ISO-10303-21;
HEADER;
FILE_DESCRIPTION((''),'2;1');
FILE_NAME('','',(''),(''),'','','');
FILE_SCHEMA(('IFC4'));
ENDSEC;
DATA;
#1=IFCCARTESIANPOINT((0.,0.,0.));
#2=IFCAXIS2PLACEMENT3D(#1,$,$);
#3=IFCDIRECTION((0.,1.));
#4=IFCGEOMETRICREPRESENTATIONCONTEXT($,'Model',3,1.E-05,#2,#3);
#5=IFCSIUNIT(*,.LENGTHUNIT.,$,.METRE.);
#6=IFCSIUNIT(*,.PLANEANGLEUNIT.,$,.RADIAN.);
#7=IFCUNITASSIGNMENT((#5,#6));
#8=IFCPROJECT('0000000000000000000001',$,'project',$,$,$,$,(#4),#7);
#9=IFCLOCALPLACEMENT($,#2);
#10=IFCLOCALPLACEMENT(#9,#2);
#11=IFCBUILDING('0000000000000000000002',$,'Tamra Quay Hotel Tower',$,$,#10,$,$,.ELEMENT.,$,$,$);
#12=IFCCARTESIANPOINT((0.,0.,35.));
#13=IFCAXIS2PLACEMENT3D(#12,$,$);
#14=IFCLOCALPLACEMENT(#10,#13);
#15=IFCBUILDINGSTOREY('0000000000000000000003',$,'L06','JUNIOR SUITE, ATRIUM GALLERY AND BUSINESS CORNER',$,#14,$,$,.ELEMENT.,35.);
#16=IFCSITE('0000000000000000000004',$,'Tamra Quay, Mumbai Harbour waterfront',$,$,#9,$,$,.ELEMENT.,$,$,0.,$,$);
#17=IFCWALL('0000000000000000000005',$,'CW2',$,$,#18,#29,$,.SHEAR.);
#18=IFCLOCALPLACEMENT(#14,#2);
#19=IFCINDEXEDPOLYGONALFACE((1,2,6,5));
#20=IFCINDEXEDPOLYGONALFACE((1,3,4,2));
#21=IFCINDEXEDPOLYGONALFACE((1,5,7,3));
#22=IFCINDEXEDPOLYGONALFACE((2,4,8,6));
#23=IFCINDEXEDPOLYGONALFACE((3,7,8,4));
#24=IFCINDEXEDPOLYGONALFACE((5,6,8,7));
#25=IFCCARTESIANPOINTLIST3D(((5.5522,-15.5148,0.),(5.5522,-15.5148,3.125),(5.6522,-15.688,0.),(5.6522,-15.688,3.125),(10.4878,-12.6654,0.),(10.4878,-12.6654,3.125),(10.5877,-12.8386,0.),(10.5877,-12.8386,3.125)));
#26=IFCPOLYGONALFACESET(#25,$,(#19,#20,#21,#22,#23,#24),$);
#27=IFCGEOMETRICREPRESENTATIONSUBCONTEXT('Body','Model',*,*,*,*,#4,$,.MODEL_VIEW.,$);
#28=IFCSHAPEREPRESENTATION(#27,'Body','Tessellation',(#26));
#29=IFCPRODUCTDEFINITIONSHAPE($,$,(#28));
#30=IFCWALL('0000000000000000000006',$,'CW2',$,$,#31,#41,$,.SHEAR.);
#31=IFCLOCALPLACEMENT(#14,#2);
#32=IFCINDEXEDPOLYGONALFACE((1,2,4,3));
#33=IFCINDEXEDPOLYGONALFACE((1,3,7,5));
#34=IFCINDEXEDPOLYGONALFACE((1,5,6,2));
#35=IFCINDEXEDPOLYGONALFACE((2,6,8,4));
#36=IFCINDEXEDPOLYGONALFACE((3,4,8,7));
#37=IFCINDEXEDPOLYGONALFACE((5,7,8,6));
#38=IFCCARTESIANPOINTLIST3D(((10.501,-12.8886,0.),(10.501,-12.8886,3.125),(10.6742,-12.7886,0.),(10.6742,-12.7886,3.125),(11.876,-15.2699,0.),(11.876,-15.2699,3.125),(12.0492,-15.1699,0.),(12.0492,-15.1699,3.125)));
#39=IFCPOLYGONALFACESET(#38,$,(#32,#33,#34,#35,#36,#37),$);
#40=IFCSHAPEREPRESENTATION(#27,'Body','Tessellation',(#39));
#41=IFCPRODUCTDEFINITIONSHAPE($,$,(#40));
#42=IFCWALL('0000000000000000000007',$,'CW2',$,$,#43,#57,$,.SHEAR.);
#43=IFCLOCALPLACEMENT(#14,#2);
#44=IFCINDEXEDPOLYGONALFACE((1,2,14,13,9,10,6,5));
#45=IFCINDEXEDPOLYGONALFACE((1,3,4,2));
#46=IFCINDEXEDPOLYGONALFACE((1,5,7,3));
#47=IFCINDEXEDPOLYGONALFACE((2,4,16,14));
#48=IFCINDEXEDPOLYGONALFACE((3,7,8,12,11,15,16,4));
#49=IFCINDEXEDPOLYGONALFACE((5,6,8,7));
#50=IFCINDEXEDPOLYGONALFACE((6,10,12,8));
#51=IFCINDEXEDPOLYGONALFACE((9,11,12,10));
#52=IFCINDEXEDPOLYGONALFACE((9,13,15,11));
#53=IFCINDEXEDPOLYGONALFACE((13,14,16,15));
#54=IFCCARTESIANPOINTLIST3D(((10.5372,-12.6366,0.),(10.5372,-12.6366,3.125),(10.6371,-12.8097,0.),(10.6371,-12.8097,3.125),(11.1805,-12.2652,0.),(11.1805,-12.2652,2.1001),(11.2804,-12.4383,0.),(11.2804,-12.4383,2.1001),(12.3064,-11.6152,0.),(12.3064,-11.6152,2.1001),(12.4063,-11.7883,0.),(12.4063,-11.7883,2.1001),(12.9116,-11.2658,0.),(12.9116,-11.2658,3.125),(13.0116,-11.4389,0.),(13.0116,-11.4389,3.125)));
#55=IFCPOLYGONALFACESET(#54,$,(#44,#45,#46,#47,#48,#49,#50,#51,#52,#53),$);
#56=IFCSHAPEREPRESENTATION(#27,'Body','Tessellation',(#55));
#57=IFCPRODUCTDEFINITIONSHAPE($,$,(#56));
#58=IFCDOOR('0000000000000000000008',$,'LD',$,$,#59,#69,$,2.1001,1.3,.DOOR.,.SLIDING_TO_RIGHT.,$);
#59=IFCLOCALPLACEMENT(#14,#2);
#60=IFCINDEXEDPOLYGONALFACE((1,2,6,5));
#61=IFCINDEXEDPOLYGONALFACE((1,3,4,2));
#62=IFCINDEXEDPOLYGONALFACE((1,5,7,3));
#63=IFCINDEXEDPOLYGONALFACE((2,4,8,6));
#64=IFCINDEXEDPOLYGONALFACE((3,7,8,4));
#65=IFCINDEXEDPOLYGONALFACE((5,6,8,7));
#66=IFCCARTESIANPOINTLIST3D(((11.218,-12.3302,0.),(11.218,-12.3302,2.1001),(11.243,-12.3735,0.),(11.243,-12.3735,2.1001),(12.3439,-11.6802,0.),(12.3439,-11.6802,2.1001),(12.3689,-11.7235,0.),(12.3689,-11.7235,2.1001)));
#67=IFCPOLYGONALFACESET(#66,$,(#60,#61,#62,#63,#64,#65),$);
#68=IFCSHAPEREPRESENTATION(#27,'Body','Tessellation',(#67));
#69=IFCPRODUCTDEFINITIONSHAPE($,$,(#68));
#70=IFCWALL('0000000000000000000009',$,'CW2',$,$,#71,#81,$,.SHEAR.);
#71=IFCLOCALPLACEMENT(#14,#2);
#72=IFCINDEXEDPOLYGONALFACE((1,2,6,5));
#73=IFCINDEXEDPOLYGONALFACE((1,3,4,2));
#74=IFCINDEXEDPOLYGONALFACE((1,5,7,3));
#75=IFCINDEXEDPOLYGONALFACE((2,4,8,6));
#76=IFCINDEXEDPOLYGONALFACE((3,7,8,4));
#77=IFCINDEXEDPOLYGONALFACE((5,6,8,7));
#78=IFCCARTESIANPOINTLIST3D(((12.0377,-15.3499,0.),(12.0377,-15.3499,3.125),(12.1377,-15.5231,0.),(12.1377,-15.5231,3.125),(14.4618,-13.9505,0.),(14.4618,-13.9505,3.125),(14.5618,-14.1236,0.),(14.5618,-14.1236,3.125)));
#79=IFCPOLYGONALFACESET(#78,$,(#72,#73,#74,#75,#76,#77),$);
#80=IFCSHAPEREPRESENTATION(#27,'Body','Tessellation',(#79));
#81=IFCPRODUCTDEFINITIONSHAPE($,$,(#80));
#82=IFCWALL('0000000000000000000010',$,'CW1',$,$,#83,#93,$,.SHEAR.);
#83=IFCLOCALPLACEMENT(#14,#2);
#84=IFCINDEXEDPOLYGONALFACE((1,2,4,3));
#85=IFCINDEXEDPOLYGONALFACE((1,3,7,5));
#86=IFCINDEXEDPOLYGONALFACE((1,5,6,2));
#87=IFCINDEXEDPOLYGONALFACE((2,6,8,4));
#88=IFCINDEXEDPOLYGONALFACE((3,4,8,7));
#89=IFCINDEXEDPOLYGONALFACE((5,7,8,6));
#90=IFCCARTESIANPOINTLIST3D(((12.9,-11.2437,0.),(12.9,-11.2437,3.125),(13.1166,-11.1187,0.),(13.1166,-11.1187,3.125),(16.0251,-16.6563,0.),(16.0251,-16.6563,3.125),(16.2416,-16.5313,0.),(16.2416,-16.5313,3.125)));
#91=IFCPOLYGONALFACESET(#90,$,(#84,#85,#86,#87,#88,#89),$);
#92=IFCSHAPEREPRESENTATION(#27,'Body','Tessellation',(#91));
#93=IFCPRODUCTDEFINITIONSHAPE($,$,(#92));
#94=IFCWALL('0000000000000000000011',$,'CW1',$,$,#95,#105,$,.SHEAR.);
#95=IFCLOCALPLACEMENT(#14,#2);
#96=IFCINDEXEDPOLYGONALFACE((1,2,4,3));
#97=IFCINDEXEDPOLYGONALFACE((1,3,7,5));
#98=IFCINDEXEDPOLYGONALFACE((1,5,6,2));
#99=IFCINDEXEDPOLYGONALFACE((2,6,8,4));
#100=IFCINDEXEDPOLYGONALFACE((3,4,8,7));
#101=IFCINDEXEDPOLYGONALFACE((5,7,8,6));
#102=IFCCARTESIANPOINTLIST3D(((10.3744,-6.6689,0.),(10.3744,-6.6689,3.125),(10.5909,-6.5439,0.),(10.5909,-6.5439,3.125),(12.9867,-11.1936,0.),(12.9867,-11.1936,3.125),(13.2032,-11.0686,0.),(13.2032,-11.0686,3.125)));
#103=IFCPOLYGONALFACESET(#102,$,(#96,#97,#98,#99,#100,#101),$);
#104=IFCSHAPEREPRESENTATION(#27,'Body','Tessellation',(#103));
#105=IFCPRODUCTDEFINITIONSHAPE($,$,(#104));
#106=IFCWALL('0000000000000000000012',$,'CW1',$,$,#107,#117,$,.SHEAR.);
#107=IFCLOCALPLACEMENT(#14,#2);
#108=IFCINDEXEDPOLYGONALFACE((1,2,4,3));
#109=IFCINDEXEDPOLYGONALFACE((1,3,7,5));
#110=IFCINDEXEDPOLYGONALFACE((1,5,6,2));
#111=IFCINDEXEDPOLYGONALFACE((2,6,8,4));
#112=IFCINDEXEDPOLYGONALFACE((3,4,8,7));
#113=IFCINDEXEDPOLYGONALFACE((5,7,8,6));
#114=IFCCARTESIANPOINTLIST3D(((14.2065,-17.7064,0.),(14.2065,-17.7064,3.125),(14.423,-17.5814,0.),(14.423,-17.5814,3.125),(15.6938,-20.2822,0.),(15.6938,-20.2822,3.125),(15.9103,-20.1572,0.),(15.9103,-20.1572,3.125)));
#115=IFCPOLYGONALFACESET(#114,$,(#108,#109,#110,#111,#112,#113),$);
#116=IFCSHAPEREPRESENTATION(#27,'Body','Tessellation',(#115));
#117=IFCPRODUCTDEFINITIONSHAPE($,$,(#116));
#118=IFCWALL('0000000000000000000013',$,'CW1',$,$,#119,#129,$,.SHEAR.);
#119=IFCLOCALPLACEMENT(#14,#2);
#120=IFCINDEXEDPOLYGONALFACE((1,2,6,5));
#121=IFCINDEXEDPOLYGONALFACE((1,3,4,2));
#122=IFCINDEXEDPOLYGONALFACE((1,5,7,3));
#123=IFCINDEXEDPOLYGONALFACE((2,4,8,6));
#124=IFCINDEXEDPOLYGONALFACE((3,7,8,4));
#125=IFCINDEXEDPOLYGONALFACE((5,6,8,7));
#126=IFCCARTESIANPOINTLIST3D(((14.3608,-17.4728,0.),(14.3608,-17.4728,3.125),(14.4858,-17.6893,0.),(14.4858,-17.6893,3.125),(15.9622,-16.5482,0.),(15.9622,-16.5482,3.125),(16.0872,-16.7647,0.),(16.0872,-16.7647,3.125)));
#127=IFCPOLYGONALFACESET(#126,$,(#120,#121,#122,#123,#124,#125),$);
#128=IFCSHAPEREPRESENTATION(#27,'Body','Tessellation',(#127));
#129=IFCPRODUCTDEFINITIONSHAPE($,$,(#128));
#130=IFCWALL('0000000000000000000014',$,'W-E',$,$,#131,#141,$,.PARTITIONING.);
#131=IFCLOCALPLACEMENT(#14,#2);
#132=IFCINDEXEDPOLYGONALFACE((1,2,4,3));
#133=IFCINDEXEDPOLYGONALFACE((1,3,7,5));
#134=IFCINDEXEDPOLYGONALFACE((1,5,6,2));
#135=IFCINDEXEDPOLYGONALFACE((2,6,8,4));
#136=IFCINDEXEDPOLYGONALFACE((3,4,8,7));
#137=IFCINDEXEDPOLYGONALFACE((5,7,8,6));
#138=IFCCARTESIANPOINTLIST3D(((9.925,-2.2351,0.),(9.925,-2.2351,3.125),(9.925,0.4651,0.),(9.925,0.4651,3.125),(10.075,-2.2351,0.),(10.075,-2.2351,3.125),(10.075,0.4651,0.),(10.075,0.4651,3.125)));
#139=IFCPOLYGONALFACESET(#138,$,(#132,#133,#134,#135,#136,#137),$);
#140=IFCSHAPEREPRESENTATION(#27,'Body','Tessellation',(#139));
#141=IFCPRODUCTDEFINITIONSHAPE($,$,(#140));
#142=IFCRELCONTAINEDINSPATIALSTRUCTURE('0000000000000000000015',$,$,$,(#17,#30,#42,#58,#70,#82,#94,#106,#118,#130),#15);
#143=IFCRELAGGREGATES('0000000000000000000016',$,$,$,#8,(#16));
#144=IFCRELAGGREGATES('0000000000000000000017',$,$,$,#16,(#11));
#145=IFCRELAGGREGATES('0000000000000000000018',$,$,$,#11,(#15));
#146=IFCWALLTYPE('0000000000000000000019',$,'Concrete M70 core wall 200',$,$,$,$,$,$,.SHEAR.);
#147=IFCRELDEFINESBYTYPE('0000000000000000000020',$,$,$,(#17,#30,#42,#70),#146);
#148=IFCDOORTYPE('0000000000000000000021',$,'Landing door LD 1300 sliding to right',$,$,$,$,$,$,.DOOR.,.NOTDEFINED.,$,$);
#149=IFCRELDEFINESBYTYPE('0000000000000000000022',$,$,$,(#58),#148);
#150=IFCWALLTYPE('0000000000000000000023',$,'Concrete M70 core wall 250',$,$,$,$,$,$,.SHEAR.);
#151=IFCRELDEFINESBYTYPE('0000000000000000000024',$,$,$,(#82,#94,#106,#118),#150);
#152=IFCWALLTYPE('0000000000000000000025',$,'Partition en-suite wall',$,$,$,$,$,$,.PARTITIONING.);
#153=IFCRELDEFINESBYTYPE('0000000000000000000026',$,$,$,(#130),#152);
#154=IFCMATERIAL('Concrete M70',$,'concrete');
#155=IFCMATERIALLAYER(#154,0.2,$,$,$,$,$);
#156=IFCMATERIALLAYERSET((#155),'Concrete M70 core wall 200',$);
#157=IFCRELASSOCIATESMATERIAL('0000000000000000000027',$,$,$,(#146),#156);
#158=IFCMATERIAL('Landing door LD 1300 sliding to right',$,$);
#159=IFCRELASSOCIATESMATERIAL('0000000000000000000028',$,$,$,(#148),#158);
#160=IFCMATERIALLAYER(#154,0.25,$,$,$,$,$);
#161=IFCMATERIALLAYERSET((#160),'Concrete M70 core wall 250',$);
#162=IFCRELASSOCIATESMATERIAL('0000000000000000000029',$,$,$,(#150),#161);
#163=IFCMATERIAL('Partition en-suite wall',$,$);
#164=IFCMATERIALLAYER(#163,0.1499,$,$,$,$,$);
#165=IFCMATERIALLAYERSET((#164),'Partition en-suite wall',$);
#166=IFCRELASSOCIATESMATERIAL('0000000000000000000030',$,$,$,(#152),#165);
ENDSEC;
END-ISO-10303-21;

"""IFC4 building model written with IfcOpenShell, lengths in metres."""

from ifc_helpers import new_model, si_unit, direction, frame, frame_2d, origin, place, context, subcontext, project, spatial, rectangle, extrude, material, layer, layer_set, type_object, element, fill, save


model = new_model("IFC4")

# Units and contexts
model_context = context("Model", 3, precision=1e-05, world=origin(), true_north=direction((0.0, 1.0)))
body_context = subcontext(model_context, "Body", "Model", "MODEL_VIEW")
ifc_project = project(units=[si_unit("LENGTHUNIT", "METRE"), si_unit("PLANEANGLEUNIT", "RADIAN")], contexts=[model_context])

# Site, building, storey
site_placement = place(None, origin())
site = spatial("IfcSite", under=ifc_project, at=site_placement, Name="Tamra Quay, Mumbai Harbour waterfront", CompositionType="ELEMENT", RefElevation=0.0)
building_placement = place(site_placement, origin())
building = spatial("IfcBuilding", under=site, at=building_placement, Name="Tamra Quay Hotel Tower", CompositionType="ELEMENT")
storey_placement = place(building_placement, frame((0.0, 0.0, 35.0)))
storey = spatial("IfcBuildingStorey", under=building, at=storey_placement, Name="L06", Description="JUNIOR SUITE, ATRIUM GALLERY AND BUSINESS CORNER", CompositionType="ELEMENT", Elevation=35.0)

# Shared definitions
ifc_material_1 = material(Name="Concrete M70", Category="concrete")

# Walls
ifc_layer_1 = layer(ifc_material_1, 0.2)
ifc_layer_set_1 = layer_set([ifc_layer_1], Name="Concrete M70 core wall 200")
wall_type_1 = type_object("IfcWallType", Name="Concrete M70 core wall 200", PredefinedType="SHEAR", material=ifc_layer_set_1)
wall_1_placement = place(storey_placement, frame((10.5378, -12.752, 0.0), z_axis=(0.0, 0.0, 1.0), x_axis=(-0.866039, -0.499977, 0.0)))
element("IfcWall", 1, at=wall_1_placement, inside=storey, type_object=wall_type_1, Name="CW2", PredefinedType="SHEAR", context=body_context, shape_type="SweptSolid", body=[
    extrude(rectangle(XDim=5.699, YDim=0.2, at=frame_2d((2.8496, 0.0))), origin(), (0.0, 0.0, 1.0), 3.125),
])
wall_2_placement = place(storey_placement, frame((11.9626, -15.22, 0.0), z_axis=(0.0, 0.0, 1.0), x_axis=(-0.500035, 0.866005, 0.0)))
element("IfcWall", 2, at=wall_2_placement, inside=storey, type_object=wall_type_1, Name="CW2", PredefinedType="SHEAR", context=body_context, shape_type="SweptSolid", body=[
    extrude(rectangle(XDim=2.7498, YDim=0.2, at=frame_2d((1.375, 0.0))), origin(), (0.0, 0.0, 1.0), 3.125),
])

# Wall, opening, door
wall_3_placement = place(storey_placement, frame((10.5872, -12.7231, 0.0), z_axis=(0.0, 0.0, 1.0), x_axis=(0.866037, 0.499979, 0.0)))
wall_3 = element("IfcWall", 3, at=wall_3_placement, inside=storey, type_object=wall_type_1, Name="CW2", PredefinedType="SHEAR", context=body_context, shape_type="SweptSolid", body=[
    extrude(rectangle(XDim=2.7417, YDim=0.2, at=frame_2d((1.3708, 0.0))), origin(), (0.0, 0.0, 1.0), 3.125),
])
opening_placement = place(wall_3_placement, frame((0.7429, 0.0, 0.0)))
opening = element("IfcOpeningElement", 4, at=opening_placement, cuts=wall_3, PredefinedType="OPENING", context=body_context, shape_type="SweptSolid", body=[
    extrude(rectangle(XDim=1.3, YDim=2.1001, at=frame_2d((0.6499, 1.05))), frame((0.0, 0.1099, 0.0), z_axis=(0.0, -1.0, 0.0), x_axis=(1.0, 0.0, 0.0)), (0.0, 0.0, 1.0), 0.22),
])
ifc_material_2 = material(Name="Landing door LD 1300 sliding to right")
door_type = type_object("IfcDoorType", Name="Landing door LD 1300 sliding to right", OperationType="NOTDEFINED", PredefinedType="DOOR", material=ifc_material_2)
door_placement = place(opening_placement, origin())
door = element("IfcDoor", 5, at=door_placement, inside=storey, type_object=door_type, Name="LD", OperationType="SLIDING_TO_RIGHT", OverallHeight=2.1001, OverallWidth=1.3, PredefinedType="DOOR", context=body_context, shape_type="SweptSolid", body=[
    extrude(rectangle(XDim=1.3, YDim=2.1001, at=frame_2d((0.6499, 1.05))), frame((0.0, 0.0249, 0.0), z_axis=(0.0, -1.0, 0.0), x_axis=(1.0, 0.0, 0.0)), (0.0, 0.0, 1.0), 0.05),
])
fill(opening, door)

# Walls
wall_4_placement = place(storey_placement, frame((14.5117, -14.0371, 0.0), z_axis=(0.0, 0.0, 1.0), x_axis=(-0.866045, -0.499967, 0.0)))
element("IfcWall", 6, at=wall_4_placement, inside=storey, type_object=wall_type_1, Name="CW2", PredefinedType="SHEAR", context=body_context, shape_type="SweptSolid", body=[
    extrude(rectangle(XDim=2.7991, YDim=0.2, at=frame_2d((1.3994, 0.0))), origin(), (0.0, 0.0, 1.0), 3.125),
])
ifc_layer_2 = layer(ifc_material_1, 0.25)
ifc_layer_set_2 = layer_set([ifc_layer_2], Name="Concrete M70 core wall 250")
wall_type_2 = type_object("IfcWallType", Name="Concrete M70 core wall 250", PredefinedType="SHEAR", material=ifc_layer_set_2)
wall_5_placement = place(storey_placement, frame((13.0083, -11.1812, 0.0), z_axis=(0.0, 0.0, 1.0), x_axis=(0.500004, -0.866023, 0.0)))
element("IfcWall", 7, at=wall_5_placement, inside=storey, type_object=wall_type_2, Name="CW1", PredefinedType="SHEAR", context=body_context, shape_type="SweptSolid", body=[
    extrude(rectangle(XDim=6.25, YDim=0.25, at=frame_2d((3.125, 0.0))), origin(), (0.0, 0.0, 1.0), 3.125),
])
wall_6_placement = place(storey_placement, frame((10.4827, -6.6064, 0.0), z_axis=(0.0, 0.0, 1.0), x_axis=(0.499999, -0.866026, 0.0)))
element("IfcWall", 8, at=wall_6_placement, inside=storey, type_object=wall_type_2, Name="CW1", PredefinedType="SHEAR", context=body_context, shape_type="SweptSolid", body=[
    extrude(rectangle(XDim=5.2246, YDim=0.25, at=frame_2d((2.6123, 0.0))), origin(), (0.0, 0.0, 1.0), 3.125),
])
wall_7_placement = place(storey_placement, frame((14.3147, -17.6438, 0.0), z_axis=(0.0, 0.0, 1.0), x_axis=(0.500023, -0.866012, 0.0)))
element("IfcWall", 9, at=wall_7_placement, inside=storey, type_object=wall_type_2, Name="CW1", PredefinedType="SHEAR", context=body_context, shape_type="SweptSolid", body=[
    extrude(rectangle(XDim=2.9744, YDim=0.25, at=frame_2d((1.4873, 0.0))), origin(), (0.0, 0.0, 1.0), 3.125),
])
wall_8_placement = place(storey_placement, frame((16.0247, -16.6565, 0.0), z_axis=(0.0, 0.0, 1.0), x_axis=(-0.866016, -0.500016, 0.0)))
element("IfcWall", 10, at=wall_8_placement, inside=storey, type_object=wall_type_2, Name="CW1", PredefinedType="SHEAR", context=body_context, shape_type="SweptSolid", body=[
    extrude(rectangle(XDim=1.8491, YDim=0.25, at=frame_2d((0.9246, 0.0))), origin(), (0.0, 0.0, 1.0), 3.125),
])
ifc_material_3 = material(Name="Partition en-suite wall")
ifc_layer_3 = layer(ifc_material_3, 0.1499)
ifc_layer_set_3 = layer_set([ifc_layer_3], Name="Partition en-suite wall")
wall_type_3 = type_object("IfcWallType", Name="Partition en-suite wall", PredefinedType="PARTITIONING", material=ifc_layer_set_3)
wall_9_placement = place(storey_placement, frame((10.0, -2.2351, 0.0), z_axis=(0.0, 0.0, 1.0), x_axis=(0.0, 1.0, 0.0)))
element("IfcWall", 11, at=wall_9_placement, inside=storey, type_object=wall_type_3, Name="W-E", PredefinedType="PARTITIONING", context=body_context, shape_type="SweptSolid", body=[
    extrude(rectangle(XDim=2.7002, YDim=0.1499, at=frame_2d((1.3501, 0.0))), origin(), (0.0, 0.0, 1.0), 3.125),
])

save(model, "model.ifc")
